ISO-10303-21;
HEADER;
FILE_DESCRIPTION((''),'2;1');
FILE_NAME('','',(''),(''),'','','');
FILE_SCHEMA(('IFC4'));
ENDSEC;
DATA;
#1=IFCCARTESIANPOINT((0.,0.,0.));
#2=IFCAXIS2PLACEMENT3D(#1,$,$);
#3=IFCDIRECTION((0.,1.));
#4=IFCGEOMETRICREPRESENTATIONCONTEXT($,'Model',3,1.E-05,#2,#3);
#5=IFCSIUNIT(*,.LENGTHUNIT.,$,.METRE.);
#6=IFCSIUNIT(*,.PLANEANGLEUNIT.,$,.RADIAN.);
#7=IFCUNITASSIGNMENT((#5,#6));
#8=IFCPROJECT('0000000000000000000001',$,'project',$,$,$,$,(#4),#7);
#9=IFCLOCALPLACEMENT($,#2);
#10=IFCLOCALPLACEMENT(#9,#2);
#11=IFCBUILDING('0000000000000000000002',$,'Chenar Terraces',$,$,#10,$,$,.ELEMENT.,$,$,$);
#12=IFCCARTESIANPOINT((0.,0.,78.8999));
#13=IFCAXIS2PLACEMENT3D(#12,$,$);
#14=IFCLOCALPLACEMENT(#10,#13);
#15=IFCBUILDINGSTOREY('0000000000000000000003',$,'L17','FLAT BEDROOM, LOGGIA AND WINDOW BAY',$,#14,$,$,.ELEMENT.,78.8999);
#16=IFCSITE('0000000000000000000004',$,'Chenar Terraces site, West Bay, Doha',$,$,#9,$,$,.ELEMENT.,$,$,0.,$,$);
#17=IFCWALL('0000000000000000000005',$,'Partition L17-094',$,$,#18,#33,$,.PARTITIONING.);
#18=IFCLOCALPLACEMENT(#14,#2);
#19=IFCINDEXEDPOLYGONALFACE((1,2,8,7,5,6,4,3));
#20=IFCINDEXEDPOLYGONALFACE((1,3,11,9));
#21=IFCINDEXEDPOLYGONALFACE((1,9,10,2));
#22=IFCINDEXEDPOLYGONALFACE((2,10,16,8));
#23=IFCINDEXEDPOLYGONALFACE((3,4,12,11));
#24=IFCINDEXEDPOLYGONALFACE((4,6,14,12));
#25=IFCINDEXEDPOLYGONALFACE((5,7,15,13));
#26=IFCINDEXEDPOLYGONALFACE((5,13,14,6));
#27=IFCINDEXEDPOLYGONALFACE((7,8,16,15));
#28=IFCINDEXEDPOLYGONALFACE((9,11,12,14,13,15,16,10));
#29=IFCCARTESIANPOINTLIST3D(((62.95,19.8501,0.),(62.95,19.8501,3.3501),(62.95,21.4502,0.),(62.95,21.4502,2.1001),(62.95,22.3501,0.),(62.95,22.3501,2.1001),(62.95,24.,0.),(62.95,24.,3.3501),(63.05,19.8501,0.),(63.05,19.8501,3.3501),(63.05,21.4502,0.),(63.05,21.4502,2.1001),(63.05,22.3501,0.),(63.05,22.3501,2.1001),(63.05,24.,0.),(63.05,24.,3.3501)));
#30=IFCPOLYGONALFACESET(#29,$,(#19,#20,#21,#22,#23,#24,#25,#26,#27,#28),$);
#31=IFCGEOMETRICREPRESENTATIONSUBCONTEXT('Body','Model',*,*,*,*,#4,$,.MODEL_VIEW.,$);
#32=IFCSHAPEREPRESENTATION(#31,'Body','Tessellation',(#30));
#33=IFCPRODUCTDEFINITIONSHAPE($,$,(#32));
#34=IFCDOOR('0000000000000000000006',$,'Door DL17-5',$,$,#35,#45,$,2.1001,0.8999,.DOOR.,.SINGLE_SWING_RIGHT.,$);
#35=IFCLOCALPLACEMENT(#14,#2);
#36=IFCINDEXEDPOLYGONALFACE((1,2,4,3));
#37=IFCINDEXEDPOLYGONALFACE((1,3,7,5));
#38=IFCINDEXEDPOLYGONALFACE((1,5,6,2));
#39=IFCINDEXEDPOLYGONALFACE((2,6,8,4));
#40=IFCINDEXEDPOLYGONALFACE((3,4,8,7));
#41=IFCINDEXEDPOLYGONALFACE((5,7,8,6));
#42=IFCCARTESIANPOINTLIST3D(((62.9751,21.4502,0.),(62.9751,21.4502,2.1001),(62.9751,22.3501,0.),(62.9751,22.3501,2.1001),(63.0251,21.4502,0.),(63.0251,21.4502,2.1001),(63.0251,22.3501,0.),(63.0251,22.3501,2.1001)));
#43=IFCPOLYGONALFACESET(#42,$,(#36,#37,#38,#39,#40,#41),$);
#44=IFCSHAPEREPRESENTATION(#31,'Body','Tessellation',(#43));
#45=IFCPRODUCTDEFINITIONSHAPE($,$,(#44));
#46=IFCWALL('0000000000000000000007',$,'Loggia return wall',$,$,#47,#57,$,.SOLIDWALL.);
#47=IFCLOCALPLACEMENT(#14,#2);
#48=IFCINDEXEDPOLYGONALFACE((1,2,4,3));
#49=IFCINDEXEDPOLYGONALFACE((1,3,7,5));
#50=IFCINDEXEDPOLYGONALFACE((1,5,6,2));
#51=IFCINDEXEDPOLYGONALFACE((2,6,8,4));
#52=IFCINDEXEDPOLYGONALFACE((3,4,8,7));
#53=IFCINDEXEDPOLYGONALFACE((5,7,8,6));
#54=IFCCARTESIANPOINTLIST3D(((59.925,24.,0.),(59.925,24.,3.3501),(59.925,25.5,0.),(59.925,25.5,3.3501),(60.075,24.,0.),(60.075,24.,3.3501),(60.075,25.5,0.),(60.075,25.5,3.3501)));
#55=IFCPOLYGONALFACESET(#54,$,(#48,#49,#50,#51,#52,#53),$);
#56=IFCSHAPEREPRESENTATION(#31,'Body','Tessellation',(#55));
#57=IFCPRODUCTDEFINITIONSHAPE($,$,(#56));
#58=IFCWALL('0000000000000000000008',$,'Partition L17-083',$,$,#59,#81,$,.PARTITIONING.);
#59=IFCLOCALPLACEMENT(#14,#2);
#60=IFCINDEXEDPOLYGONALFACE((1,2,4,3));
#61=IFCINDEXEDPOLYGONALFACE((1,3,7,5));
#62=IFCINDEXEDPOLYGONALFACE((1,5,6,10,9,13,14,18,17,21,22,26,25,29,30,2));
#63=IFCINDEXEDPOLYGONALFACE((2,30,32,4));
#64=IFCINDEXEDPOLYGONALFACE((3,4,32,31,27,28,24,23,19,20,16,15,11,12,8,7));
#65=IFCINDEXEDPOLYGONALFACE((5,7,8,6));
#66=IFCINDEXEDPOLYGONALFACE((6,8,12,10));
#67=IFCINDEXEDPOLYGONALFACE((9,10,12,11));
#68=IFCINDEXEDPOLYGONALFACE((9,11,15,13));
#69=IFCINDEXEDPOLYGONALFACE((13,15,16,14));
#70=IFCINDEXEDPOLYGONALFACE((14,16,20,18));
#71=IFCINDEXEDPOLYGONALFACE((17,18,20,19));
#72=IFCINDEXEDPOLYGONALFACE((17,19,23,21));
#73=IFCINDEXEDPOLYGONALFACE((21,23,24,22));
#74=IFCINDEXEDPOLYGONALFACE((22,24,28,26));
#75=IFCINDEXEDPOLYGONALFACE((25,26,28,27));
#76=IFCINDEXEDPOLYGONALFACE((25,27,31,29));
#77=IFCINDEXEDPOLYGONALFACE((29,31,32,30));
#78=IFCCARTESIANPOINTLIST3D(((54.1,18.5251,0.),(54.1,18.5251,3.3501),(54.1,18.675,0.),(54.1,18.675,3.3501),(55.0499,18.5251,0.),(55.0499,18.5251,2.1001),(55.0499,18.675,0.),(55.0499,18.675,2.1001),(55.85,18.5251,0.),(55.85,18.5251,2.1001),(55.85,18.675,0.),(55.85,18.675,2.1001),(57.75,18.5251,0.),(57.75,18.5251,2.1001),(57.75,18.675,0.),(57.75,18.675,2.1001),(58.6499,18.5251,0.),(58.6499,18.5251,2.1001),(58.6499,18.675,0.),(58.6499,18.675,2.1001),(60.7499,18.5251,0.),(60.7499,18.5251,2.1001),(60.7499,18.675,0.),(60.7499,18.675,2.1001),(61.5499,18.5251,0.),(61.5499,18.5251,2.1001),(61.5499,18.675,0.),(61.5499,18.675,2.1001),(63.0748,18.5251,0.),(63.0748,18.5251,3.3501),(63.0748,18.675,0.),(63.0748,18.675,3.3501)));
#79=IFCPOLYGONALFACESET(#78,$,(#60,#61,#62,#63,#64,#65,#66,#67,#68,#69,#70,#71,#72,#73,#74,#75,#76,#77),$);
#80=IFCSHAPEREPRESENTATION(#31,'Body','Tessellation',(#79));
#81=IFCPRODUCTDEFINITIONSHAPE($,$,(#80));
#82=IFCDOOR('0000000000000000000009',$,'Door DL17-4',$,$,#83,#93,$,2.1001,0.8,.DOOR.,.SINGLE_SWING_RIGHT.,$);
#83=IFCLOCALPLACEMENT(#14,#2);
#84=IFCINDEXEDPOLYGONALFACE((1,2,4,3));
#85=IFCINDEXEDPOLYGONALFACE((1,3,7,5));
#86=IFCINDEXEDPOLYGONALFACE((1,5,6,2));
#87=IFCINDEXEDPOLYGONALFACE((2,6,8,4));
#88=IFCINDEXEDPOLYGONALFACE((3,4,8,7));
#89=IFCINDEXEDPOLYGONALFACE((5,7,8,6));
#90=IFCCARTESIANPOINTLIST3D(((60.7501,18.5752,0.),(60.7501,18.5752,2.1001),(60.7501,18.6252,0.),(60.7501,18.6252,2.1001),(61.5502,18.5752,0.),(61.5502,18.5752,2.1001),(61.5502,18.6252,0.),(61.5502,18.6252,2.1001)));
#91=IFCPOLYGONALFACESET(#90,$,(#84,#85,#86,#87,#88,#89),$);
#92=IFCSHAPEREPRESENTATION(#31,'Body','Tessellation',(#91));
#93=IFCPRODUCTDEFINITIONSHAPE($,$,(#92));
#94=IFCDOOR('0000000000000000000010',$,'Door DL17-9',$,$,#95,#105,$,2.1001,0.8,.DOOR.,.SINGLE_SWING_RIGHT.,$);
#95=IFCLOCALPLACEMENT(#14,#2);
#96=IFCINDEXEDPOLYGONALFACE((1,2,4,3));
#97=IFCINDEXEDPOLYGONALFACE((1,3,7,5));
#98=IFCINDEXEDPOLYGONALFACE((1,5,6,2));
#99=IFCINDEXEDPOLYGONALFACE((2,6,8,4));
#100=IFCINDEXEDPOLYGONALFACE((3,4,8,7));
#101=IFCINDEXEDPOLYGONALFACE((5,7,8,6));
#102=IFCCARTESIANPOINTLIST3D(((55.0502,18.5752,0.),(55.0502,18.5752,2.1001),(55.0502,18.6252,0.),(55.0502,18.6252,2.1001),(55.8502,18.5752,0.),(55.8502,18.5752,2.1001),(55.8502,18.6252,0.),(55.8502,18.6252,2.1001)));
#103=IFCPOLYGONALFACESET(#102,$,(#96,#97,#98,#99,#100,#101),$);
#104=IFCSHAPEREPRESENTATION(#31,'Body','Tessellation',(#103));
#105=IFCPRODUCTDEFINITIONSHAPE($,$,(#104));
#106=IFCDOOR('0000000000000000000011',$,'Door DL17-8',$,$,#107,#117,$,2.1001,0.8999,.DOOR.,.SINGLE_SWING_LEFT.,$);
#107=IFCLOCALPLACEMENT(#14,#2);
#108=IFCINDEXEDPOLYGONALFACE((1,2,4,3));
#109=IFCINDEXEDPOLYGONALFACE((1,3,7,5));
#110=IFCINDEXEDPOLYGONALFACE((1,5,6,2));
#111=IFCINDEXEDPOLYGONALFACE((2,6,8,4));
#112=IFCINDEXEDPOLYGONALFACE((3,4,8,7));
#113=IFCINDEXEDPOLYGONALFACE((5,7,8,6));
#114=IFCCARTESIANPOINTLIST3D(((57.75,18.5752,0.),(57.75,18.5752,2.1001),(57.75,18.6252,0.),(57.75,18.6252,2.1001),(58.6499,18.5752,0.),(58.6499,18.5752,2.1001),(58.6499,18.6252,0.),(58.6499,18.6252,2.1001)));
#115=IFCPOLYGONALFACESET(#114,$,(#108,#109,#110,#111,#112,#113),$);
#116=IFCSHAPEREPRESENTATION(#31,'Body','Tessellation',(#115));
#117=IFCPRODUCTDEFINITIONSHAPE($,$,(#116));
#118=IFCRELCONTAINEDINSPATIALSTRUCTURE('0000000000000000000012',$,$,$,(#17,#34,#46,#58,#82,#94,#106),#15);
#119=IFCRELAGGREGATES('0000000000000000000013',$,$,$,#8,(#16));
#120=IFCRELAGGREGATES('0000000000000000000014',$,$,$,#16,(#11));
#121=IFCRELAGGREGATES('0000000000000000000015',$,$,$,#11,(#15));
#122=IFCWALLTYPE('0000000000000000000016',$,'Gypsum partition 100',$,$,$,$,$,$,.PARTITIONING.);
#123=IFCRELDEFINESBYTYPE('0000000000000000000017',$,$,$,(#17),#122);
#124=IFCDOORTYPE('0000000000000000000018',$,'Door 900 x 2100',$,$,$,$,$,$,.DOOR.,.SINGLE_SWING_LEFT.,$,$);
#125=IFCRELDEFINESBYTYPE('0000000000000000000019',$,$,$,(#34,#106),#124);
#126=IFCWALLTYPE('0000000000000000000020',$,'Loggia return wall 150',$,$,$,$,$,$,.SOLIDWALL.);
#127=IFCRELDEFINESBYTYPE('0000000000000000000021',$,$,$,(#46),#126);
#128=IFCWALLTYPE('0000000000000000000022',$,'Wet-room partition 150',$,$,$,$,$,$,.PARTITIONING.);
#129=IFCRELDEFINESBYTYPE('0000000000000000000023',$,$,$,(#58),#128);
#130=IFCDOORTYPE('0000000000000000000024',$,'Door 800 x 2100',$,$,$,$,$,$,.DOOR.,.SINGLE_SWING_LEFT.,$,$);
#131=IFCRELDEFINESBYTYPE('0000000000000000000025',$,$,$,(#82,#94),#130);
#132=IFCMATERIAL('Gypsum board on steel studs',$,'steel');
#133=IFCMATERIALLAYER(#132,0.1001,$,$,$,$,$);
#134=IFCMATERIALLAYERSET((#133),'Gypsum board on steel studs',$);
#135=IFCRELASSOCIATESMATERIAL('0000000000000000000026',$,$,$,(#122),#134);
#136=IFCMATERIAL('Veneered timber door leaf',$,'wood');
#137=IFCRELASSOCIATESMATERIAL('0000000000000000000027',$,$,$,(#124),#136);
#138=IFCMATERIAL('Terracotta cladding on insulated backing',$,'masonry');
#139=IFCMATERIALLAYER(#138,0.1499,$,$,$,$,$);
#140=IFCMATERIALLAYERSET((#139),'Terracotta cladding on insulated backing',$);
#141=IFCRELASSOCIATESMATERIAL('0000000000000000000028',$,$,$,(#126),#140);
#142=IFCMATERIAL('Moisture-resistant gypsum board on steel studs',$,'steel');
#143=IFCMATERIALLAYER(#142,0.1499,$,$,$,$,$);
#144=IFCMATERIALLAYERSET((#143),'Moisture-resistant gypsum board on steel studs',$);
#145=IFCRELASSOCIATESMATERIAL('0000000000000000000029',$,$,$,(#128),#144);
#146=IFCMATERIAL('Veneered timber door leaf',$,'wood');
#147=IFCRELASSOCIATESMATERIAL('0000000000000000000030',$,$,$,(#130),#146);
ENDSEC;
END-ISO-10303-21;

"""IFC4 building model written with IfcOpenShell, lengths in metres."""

from ifc_helpers import new_model, si_unit, direction, frame, frame_2d, origin, place, context, subcontext, project, spatial, rectangle, extrude, material, layer, layer_set, type_object, element, fill, save


model = new_model("IFC4")

# Units and contexts
model_context = context("Model", 3, precision=1e-05, world=origin(), true_north=direction((0.0, 1.0)))
body_context = subcontext(model_context, "Body", "Model", "MODEL_VIEW")
ifc_project = project(units=[si_unit("LENGTHUNIT", "METRE"), si_unit("PLANEANGLEUNIT", "RADIAN")], contexts=[model_context])

# Site, building, storey
site_placement = place(None, origin())
site = spatial("IfcSite", under=ifc_project, at=site_placement, Name="Chenar Terraces site, West Bay, Doha", CompositionType="ELEMENT", RefElevation=0.0)
building_placement = place(site_placement, origin())
building = spatial("IfcBuilding", under=site, at=building_placement, Name="Chenar Terraces", CompositionType="ELEMENT")
storey_placement = place(building_placement, frame((0.0, 0.0, 78.8999)))
storey = spatial("IfcBuildingStorey", under=building, at=storey_placement, Name="L17", Description="FLAT BEDROOM, LOGGIA AND WINDOW BAY", CompositionType="ELEMENT", Elevation=78.8999)

# Shared definitions
ifc_material_1 = material(Name="Gypsum board on steel studs", Category="steel")
ifc_layer_1 = layer(ifc_material_1, 0.1001)
ifc_layer_set_1 = layer_set([ifc_layer_1], Name="Gypsum board on steel studs")
wall_type_1 = type_object("IfcWallType", Name="Gypsum partition 100", PredefinedType="PARTITIONING", material=ifc_layer_set_1)
ifc_material_2 = material(Name="Veneered timber door leaf", Category="wood")
door_type_1 = type_object("IfcDoorType", Name="Door 900 x 2100", OperationType="SINGLE_SWING_LEFT", PredefinedType="DOOR", material=ifc_material_2)

# Wall, opening, door
wall_1_placement = place(storey_placement, frame((63.0, 19.8501, 0.0), z_axis=(0.0, 0.0, 1.0), x_axis=(0.0, 1.0, 0.0)))
wall_1 = element("IfcWall", 1, at=wall_1_placement, inside=storey, type_object=wall_type_1, Name="Partition L17-094", PredefinedType="PARTITIONING", context=body_context, shape_type="SweptSolid", body=[
    extrude(rectangle(XDim=4.1499, YDim=0.1001, at=frame_2d((2.075, 0.0))), origin(), (0.0, 0.0, 1.0), 3.3501),
])
opening_1_placement = place(wall_1_placement, frame((1.6001, 0.0, 0.0)))
opening_1 = element("IfcOpeningElement", 2, at=opening_1_placement, cuts=wall_1, PredefinedType="OPENING", context=body_context, shape_type="SweptSolid", body=[
    extrude(rectangle(XDim=0.8999, YDim=2.1001, at=frame_2d((0.45, 1.05))), frame((0.0, 0.0601, 0.0), z_axis=(0.0, -1.0, 0.0), x_axis=(1.0, 0.0, 0.0)), (0.0, 0.0, 1.0), 0.1201),
])
door_1_placement = place(opening_1_placement, origin())
door_1 = element("IfcDoor", 3, at=door_1_placement, inside=storey, type_object=door_type_1, Name="Door DL17-5", OperationType="SINGLE_SWING_RIGHT", OverallHeight=2.1001, OverallWidth=0.8999, PredefinedType="DOOR", context=body_context, shape_type="SweptSolid", body=[
    extrude(rectangle(XDim=0.8999, YDim=2.1001, at=frame_2d((0.45, 1.05))), frame((0.0, 0.0249, 0.0), z_axis=(0.0, -1.0, 0.0), x_axis=(1.0, 0.0, 0.0)), (0.0, 0.0, 1.0), 0.05),
])
fill(opening_1, door_1)

# Wall
ifc_material_3 = material(Name="Terracotta cladding on insulated backing", Category="masonry")
ifc_layer_2 = layer(ifc_material_3, 0.1499)
ifc_layer_set_2 = layer_set([ifc_layer_2], Name="Terracotta cladding on insulated backing")
wall_type_2 = type_object("IfcWallType", Name="Loggia return wall 150", PredefinedType="SOLIDWALL", material=ifc_layer_set_2)
wall_2_placement = place(storey_placement, frame((60.0, 25.5, 0.0), z_axis=(0.0, 0.0, 1.0), x_axis=(0.0, -1.0, 0.0)))
element("IfcWall", 4, at=wall_2_placement, inside=storey, type_object=wall_type_2, Name="Loggia return wall", PredefinedType="SOLIDWALL", context=body_context, shape_type="SweptSolid", body=[
    extrude(rectangle(XDim=1.5, YDim=0.1499, at=frame_2d((0.75, 0.0))), origin(), (0.0, 0.0, 1.0), 3.3501),
])

# Wall, openings, doors
ifc_material_4 = material(Name="Moisture-resistant gypsum board on steel studs", Category="steel")
ifc_layer_3 = layer(ifc_material_4, 0.1499)
ifc_layer_set_3 = layer_set([ifc_layer_3], Name="Moisture-resistant gypsum board on steel studs")
wall_type_3 = type_object("IfcWallType", Name="Wet-room partition 150", PredefinedType="PARTITIONING", material=ifc_layer_set_3)
wall_3_placement = place(storey_placement, frame((54.1001, 18.6001, 0.0), z_axis=(0.0, 0.0, 1.0), x_axis=(1.0, 0.0, 0.0)))
wall_3 = element("IfcWall", 5, at=wall_3_placement, inside=storey, type_object=wall_type_3, Name="Partition L17-083", PredefinedType="PARTITIONING", context=body_context, shape_type="SweptSolid", body=[
    extrude(rectangle(XDim=8.9749, YDim=0.1499, at=frame_2d((4.4873, 0.0))), origin(), (0.0, 0.0, 1.0), 3.3501),
])
opening_2_placement = place(wall_3_placement, frame((6.6499, 0.0, 0.0)))
opening_2 = element("IfcOpeningElement", 6, at=opening_2_placement, cuts=wall_3, PredefinedType="OPENING", context=body_context, shape_type="SweptSolid", body=[
    extrude(rectangle(XDim=0.8, YDim=2.1001, at=frame_2d((0.3999, 1.05))), frame((0.0, 0.085, 0.0), z_axis=(0.0, -1.0, 0.0), x_axis=(1.0, 0.0, 0.0)), (0.0, 0.0, 1.0), 0.1699),
])
opening_3_placement = place(wall_3_placement, frame((3.6499, 0.0, 0.0)))
opening_3 = element("IfcOpeningElement", 7, at=opening_3_placement, cuts=wall_3, PredefinedType="OPENING", context=body_context, shape_type="SweptSolid", body=[
    extrude(rectangle(XDim=0.8999, YDim=2.1001, at=frame_2d((0.45, 1.05))), frame((0.0, 0.085, 0.0), z_axis=(0.0, -1.0, 0.0), x_axis=(1.0, 0.0, 0.0)), (0.0, 0.0, 1.0), 0.1699),
])
opening_4_placement = place(wall_3_placement, frame((0.95, 0.0, 0.0)))
opening_4 = element("IfcOpeningElement", 8, at=opening_4_placement, cuts=wall_3, PredefinedType="OPENING", context=body_context, shape_type="SweptSolid", body=[
    extrude(rectangle(XDim=0.8, YDim=2.1001, at=frame_2d((0.3999, 1.05))), frame((0.0, 0.085, 0.0), z_axis=(0.0, -1.0, 0.0), x_axis=(1.0, 0.0, 0.0)), (0.0, 0.0, 1.0), 0.1699),
])
ifc_material_5 = material(Name="Veneered timber door leaf", Category="wood")
door_type_2 = type_object("IfcDoorType", Name="Door 800 x 2100", OperationType="SINGLE_SWING_LEFT", PredefinedType="DOOR", material=ifc_material_5)
door_2_placement = place(opening_2_placement, frame((0.8, 0.0, 0.0), z_axis=(0.0, 0.0, 1.0), x_axis=(-1.0, 0.0, 0.0)))
door_2 = element("IfcDoor", 9, at=door_2_placement, inside=storey, type_object=door_type_2, Name="Door DL17-4", OperationType="SINGLE_SWING_RIGHT", OverallHeight=2.1001, OverallWidth=0.8, PredefinedType="DOOR", context=body_context, shape_type="SweptSolid", body=[
    extrude(rectangle(XDim=0.8, YDim=2.1001, at=frame_2d((0.3999, 1.05))), frame((0.0, 0.0249, 0.0), z_axis=(0.0, -1.0, 0.0), x_axis=(1.0, 0.0, 0.0)), (0.0, 0.0, 1.0), 0.05),
])
fill(opening_2, door_2)
door_3_placement = place(opening_4_placement, frame((0.8, 0.0, 0.0), z_axis=(0.0, 0.0, 1.0), x_axis=(-1.0, 0.0, 0.0)))
door_3 = element("IfcDoor", 10, at=door_3_placement, inside=storey, type_object=door_type_2, Name="Door DL17-9", OperationType="SINGLE_SWING_RIGHT", OverallHeight=2.1001, OverallWidth=0.8, PredefinedType="DOOR", context=body_context, shape_type="SweptSolid", body=[
    extrude(rectangle(XDim=0.8, YDim=2.1001, at=frame_2d((0.3999, 1.05))), frame((0.0, 0.0249, 0.0), z_axis=(0.0, -1.0, 0.0), x_axis=(1.0, 0.0, 0.0)), (0.0, 0.0, 1.0), 0.05),
])
fill(opening_4, door_3)
door_4_placement = place(opening_3_placement, frame((0.8999, 0.0, 0.0), z_axis=(0.0, 0.0, 1.0), x_axis=(-1.0, 0.0, 0.0)))
door_4 = element("IfcDoor", 11, at=door_4_placement, inside=storey, type_object=door_type_1, Name="Door DL17-8", OperationType="SINGLE_SWING_LEFT", OverallHeight=2.1001, OverallWidth=0.8999, PredefinedType="DOOR", context=body_context, shape_type="SweptSolid", body=[
    extrude(rectangle(XDim=0.8999, YDim=2.1001, at=frame_2d((0.45, 1.05))), frame((0.0, 0.0249, 0.0), z_axis=(0.0, -1.0, 0.0), x_axis=(1.0, 0.0, 0.0)), (0.0, 0.0, 1.0), 0.05),
])
fill(opening_3, door_4)

save(model, "model.ifc")
